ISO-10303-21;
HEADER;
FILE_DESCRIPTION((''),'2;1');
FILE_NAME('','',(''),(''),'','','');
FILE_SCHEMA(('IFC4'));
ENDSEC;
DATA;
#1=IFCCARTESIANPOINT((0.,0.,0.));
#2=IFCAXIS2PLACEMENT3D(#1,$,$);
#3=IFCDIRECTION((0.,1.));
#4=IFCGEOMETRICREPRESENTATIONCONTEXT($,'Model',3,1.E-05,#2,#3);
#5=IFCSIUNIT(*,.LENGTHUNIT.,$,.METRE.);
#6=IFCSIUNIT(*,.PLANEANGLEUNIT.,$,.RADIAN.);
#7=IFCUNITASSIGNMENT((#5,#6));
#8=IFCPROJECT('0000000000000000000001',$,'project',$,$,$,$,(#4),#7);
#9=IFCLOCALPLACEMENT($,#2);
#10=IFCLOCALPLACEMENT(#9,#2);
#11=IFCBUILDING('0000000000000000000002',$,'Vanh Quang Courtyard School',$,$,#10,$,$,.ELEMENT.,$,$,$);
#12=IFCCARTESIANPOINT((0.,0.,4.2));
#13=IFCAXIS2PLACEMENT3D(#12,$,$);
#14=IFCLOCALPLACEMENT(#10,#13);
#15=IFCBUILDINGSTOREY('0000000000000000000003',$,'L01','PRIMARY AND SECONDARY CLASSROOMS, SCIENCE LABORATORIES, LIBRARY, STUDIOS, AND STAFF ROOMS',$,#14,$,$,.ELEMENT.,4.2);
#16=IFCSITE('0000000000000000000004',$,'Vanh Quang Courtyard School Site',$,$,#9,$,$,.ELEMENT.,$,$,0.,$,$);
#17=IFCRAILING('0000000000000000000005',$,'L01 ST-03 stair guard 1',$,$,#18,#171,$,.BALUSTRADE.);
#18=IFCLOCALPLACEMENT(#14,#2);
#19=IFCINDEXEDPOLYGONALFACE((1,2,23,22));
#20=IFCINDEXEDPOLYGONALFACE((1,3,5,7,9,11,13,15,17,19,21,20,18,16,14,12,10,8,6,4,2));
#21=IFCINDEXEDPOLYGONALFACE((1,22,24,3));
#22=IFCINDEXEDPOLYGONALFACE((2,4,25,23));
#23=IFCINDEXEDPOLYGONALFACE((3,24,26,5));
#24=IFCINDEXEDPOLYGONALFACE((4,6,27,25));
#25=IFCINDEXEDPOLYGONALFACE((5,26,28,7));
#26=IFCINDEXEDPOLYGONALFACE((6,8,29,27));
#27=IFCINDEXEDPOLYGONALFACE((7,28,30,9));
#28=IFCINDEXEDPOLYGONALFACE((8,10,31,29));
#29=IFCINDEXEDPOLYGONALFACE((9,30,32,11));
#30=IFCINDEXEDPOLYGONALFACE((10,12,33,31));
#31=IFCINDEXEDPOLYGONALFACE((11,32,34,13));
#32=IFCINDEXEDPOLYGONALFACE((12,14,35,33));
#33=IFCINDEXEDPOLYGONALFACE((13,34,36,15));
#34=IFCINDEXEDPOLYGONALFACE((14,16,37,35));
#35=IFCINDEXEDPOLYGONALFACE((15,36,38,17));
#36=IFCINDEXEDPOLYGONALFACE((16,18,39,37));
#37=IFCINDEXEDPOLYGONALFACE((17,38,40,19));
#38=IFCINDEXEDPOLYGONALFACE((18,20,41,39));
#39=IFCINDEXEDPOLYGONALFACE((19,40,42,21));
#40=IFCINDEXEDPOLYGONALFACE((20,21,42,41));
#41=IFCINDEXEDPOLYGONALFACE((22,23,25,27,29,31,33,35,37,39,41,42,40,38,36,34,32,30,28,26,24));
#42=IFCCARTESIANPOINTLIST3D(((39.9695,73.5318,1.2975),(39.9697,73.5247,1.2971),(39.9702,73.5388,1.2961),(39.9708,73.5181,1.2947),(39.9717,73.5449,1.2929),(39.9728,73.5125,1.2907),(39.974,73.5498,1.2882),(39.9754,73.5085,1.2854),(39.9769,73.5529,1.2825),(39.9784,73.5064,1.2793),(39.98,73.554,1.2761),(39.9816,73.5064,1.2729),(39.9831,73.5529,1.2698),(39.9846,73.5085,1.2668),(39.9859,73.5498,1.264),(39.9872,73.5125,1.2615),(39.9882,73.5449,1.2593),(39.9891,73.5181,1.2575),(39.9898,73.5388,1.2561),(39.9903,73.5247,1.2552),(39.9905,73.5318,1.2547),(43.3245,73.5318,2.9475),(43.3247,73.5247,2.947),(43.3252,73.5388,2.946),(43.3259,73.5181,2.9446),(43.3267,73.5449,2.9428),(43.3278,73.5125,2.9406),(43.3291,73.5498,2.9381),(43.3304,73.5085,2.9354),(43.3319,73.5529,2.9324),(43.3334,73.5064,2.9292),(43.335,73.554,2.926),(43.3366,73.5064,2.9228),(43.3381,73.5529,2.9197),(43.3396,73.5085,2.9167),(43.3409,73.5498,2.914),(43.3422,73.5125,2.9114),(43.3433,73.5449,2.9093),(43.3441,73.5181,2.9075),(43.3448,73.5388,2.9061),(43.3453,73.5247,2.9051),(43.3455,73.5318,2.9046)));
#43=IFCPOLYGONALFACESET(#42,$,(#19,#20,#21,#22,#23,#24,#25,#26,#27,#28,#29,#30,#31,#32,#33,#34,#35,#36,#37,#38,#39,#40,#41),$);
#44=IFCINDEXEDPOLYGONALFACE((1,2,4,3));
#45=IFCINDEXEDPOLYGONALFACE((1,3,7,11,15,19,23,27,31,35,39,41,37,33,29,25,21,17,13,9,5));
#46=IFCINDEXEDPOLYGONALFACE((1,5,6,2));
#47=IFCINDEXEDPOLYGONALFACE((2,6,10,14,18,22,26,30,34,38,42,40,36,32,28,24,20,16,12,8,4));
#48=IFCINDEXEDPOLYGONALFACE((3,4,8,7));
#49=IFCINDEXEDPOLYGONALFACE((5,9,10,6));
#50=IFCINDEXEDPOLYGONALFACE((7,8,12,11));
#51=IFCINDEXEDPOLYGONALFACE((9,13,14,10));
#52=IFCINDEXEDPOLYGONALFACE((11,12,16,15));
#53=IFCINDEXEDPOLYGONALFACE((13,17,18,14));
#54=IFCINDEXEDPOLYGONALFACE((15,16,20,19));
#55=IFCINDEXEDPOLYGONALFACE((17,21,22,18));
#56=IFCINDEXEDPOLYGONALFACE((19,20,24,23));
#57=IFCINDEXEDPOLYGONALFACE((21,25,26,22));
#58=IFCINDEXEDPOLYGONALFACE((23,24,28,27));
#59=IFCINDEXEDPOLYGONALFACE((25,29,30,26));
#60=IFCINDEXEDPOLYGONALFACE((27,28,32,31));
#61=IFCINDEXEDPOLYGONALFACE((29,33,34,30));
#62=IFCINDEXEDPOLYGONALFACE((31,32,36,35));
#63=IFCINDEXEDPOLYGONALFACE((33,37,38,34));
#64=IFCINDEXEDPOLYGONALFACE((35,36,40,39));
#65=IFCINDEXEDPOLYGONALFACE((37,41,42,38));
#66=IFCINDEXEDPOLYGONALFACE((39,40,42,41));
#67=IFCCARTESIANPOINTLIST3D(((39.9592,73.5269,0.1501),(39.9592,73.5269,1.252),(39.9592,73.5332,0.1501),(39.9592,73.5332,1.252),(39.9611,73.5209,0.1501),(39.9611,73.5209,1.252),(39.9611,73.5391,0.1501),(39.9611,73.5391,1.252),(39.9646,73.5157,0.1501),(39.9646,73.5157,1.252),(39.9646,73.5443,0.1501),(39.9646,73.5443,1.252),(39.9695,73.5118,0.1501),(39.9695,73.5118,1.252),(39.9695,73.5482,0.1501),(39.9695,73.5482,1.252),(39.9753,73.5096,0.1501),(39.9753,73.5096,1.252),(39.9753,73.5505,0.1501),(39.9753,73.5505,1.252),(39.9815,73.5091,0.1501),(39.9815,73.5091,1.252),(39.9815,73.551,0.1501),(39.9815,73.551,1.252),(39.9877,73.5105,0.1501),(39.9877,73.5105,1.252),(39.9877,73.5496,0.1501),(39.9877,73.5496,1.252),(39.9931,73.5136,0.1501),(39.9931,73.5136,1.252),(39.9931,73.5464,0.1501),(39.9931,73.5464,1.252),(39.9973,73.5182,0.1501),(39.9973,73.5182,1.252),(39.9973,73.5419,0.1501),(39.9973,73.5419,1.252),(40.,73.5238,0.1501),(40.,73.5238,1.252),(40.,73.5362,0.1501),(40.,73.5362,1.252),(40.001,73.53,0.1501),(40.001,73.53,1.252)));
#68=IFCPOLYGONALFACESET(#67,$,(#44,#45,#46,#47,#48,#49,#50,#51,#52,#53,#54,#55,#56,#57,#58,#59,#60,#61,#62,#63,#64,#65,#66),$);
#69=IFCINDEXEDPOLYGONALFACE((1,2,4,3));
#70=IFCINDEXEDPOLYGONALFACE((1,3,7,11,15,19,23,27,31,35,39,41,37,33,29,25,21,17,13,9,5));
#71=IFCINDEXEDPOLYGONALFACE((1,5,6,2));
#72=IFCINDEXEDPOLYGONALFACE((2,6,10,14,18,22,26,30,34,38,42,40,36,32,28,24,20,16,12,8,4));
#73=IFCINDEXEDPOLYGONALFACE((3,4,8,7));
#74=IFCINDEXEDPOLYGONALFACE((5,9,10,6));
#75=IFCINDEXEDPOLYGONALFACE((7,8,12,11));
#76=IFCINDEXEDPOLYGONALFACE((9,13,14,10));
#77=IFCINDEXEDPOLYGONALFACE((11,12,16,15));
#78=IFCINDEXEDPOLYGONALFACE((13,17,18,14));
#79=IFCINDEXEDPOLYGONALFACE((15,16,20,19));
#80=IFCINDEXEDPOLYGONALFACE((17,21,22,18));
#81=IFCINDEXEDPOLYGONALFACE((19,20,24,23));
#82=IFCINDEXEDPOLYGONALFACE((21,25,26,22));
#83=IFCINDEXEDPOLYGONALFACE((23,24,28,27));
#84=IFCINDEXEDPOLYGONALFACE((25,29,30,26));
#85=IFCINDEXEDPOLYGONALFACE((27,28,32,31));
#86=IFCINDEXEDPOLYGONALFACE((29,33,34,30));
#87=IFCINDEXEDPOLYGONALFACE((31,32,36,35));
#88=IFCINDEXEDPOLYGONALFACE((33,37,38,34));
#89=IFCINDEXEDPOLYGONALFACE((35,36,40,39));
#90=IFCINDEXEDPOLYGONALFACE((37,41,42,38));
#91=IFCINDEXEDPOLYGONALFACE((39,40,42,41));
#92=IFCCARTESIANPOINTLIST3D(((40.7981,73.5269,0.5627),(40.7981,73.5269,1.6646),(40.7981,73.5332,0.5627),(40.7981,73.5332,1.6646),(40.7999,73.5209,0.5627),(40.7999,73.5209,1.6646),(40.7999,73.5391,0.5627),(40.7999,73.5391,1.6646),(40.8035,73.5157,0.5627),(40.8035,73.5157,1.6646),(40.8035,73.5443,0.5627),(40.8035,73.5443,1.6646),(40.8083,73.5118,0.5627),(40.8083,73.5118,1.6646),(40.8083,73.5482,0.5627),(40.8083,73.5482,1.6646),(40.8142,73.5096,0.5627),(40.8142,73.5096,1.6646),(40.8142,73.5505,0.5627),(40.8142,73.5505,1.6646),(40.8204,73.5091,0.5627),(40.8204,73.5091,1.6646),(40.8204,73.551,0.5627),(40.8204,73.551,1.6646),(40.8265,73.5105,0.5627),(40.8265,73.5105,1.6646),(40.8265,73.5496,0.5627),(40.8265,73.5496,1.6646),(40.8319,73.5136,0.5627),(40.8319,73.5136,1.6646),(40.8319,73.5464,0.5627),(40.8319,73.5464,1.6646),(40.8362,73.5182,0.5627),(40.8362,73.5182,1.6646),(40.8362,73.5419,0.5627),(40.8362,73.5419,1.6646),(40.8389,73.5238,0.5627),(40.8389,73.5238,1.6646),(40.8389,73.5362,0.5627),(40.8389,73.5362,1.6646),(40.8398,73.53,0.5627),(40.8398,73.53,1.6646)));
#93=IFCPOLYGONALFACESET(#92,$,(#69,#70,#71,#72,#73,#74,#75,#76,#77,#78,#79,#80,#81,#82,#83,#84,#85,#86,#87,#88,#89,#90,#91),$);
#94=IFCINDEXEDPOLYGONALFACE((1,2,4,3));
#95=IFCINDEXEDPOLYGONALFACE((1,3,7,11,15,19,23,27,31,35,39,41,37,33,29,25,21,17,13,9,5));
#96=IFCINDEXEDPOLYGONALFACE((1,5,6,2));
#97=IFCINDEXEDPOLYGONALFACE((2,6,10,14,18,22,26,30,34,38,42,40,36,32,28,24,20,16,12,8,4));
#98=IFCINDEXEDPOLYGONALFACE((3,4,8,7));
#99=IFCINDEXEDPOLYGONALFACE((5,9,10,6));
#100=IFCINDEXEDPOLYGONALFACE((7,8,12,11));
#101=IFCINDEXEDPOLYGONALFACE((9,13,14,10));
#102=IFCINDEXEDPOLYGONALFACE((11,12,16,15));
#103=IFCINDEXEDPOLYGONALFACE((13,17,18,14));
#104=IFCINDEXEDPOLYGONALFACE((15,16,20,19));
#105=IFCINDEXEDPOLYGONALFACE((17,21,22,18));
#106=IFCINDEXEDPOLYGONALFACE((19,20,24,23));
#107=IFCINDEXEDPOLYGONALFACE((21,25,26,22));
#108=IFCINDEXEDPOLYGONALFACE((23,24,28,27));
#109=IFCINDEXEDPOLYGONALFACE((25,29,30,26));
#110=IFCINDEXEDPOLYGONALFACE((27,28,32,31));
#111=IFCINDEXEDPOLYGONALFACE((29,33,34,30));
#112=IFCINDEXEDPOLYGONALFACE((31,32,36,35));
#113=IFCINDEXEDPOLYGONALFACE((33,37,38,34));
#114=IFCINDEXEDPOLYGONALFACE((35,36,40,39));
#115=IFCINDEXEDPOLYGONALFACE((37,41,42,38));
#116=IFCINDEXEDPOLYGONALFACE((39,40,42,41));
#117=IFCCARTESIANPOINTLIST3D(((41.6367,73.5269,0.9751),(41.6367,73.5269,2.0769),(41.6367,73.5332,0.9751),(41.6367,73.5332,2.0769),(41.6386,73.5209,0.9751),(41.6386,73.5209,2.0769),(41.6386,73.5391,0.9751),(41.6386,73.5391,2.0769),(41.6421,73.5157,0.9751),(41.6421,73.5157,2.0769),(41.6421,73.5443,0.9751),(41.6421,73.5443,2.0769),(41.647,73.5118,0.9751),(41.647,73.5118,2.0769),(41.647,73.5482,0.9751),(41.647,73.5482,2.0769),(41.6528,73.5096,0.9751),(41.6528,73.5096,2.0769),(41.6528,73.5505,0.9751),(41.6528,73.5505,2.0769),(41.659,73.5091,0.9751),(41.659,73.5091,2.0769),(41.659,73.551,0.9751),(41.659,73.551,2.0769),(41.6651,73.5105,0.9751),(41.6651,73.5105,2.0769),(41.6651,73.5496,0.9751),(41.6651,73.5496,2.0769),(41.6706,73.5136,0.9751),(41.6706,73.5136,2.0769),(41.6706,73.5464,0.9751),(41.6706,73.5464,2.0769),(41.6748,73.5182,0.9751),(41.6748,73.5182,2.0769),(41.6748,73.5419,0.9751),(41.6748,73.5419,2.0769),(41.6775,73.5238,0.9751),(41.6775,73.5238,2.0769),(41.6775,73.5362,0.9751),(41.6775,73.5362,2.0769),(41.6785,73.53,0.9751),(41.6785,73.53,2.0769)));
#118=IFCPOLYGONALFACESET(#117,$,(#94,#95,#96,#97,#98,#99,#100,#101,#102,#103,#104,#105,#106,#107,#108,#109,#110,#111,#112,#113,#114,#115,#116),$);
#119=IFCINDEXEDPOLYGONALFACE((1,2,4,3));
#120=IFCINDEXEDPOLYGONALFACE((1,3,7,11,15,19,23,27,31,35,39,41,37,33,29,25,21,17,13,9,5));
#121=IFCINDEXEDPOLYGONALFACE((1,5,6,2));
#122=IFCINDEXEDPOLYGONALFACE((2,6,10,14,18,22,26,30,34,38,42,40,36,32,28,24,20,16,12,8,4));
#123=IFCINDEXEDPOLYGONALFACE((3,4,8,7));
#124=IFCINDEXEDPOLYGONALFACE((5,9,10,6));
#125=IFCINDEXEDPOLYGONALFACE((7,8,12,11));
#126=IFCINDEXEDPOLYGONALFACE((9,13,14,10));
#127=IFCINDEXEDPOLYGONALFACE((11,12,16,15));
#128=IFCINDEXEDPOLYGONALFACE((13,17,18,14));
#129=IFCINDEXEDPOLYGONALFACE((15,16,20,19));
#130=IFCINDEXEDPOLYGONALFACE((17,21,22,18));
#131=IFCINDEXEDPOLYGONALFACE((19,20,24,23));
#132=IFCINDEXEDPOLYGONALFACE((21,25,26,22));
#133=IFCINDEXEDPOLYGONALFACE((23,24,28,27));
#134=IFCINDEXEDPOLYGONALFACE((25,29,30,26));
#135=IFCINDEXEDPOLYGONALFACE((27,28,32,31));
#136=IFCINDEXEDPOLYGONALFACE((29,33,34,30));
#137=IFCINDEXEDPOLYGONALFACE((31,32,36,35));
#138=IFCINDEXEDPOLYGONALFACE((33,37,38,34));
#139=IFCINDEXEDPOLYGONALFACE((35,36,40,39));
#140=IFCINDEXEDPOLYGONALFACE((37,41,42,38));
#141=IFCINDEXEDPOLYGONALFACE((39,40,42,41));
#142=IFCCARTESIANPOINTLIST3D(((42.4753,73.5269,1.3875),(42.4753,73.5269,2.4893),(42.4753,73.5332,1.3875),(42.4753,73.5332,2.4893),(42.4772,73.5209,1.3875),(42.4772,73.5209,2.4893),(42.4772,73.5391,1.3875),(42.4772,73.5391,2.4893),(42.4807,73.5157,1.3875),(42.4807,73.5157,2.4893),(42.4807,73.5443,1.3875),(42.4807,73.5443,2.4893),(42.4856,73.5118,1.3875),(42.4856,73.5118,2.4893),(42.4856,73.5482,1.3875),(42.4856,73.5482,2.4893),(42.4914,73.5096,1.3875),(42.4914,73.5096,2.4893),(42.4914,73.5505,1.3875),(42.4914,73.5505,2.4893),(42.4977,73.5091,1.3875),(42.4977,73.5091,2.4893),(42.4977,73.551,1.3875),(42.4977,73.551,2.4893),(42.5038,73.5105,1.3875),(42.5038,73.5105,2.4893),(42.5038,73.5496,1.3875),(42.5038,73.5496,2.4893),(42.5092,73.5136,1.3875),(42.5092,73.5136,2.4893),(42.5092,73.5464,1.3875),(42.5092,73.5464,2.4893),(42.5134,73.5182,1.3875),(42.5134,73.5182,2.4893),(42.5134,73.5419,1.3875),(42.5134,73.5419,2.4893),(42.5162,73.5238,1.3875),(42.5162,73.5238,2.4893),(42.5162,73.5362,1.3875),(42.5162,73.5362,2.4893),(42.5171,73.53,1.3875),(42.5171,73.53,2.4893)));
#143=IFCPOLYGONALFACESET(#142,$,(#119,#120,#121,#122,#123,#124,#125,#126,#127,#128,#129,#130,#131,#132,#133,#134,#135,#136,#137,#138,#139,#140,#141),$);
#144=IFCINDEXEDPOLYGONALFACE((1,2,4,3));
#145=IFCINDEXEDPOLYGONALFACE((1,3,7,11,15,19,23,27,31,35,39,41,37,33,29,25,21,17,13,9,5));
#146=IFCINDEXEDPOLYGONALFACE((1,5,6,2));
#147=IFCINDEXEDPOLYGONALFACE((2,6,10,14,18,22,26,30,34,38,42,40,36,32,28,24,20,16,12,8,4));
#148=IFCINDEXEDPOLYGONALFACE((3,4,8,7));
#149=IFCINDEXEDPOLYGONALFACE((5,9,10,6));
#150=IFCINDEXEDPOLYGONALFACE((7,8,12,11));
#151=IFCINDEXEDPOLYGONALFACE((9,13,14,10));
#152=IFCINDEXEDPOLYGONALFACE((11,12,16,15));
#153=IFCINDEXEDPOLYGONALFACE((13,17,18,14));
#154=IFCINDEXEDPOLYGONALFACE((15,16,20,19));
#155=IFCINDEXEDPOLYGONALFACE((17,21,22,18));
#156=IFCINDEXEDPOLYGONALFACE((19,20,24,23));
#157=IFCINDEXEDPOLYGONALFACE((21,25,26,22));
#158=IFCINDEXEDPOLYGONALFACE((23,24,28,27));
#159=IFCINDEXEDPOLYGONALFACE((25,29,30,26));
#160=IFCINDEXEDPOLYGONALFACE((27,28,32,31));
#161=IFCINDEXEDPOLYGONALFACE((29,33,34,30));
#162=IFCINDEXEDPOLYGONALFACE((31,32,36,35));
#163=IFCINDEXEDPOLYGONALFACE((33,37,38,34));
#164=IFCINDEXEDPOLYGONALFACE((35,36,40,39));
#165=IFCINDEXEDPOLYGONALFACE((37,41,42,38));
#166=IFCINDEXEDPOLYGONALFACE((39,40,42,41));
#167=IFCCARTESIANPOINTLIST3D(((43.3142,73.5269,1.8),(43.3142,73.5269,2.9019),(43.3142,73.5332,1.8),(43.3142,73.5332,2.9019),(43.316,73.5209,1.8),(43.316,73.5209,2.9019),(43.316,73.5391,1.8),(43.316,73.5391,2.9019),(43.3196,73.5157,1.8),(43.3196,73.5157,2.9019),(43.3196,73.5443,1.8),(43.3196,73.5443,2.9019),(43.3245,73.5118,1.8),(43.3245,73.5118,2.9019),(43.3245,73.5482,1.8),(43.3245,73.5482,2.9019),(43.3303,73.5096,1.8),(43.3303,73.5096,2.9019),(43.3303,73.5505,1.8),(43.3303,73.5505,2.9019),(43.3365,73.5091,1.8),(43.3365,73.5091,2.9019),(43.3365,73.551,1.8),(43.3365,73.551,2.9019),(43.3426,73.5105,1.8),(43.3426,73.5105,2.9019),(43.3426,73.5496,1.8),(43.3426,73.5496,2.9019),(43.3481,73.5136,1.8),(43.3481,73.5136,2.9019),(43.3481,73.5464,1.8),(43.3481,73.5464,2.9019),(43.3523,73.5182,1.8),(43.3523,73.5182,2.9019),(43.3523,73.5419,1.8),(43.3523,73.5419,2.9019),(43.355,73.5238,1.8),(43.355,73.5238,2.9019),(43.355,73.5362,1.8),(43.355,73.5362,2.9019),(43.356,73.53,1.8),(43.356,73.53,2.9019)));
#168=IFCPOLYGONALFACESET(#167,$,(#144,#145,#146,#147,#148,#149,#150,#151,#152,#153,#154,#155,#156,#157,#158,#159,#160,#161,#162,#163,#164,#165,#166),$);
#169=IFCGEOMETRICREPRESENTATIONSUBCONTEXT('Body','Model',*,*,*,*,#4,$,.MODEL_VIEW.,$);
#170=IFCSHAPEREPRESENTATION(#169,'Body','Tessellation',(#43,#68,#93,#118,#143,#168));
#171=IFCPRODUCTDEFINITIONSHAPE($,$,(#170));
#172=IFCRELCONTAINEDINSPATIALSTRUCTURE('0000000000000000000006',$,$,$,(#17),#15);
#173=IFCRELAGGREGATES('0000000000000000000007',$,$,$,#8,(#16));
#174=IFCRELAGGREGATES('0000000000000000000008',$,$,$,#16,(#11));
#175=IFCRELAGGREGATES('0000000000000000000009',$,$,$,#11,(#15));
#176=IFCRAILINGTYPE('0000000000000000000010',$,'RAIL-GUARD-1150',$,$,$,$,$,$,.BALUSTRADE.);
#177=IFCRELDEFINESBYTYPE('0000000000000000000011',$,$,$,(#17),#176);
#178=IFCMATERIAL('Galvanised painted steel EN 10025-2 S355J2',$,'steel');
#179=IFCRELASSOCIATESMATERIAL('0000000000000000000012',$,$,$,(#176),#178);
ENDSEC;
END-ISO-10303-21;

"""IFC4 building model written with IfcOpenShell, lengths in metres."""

from ifc_helpers import new_model, si_unit, direction, frame, origin, origin_2d, place, context, subcontext, project, spatial, circle, extrude, material, type_object, element, save


model = new_model("IFC4")

# Units and contexts
model_context = context("Model", 3, precision=1e-05, world=origin(), true_north=direction((0.0, 1.0)))
body_context = subcontext(model_context, "Body", "Model", "MODEL_VIEW")
ifc_project = project(units=[si_unit("LENGTHUNIT", "METRE"), si_unit("PLANEANGLEUNIT", "RADIAN")], contexts=[model_context])

# Site, building, storey
site_placement = place(None, origin())
site = spatial("IfcSite", under=ifc_project, at=site_placement, Name="Vanh Quang Courtyard School Site", CompositionType="ELEMENT", RefElevation=0.0)
building_placement = place(site_placement, origin())
building = spatial("IfcBuilding", under=site, at=building_placement, Name="Vanh Quang Courtyard School", CompositionType="ELEMENT")
storey_placement = place(building_placement, frame((0.0, 0.0, 4.2)))
storey = spatial("IfcBuildingStorey", under=building, at=storey_placement, Name="L01", Description="PRIMARY AND SECONDARY CLASSROOMS, SCIENCE LABORATORIES, LIBRARY, STUDIOS, AND STAFF ROOMS", CompositionType="ELEMENT", Elevation=4.2)

# Railing
ifc_material_1 = material(Name="Galvanised painted steel EN 10025-2 S355J2", Category="steel")
railing_type_1 = type_object("IfcRailingType", Name="RAIL-GUARD-1150", PredefinedType="BALUSTRADE", material=ifc_material_1)
railing_1_placement = place(storey_placement, frame((39.98, 73.53, 0.1501)))
element("IfcRailing", 1, at=railing_1_placement, inside=storey, type_object=railing_type_1, Name="L01 ST-03 stair guard 1", PredefinedType="BALUSTRADE", context=body_context, shape_type="SweptSolid", body=[
    extrude(circle(Radius=0.0239, at=origin_2d()), frame((0.0, 0.0, 1.126), z_axis=(0.897359, 0.0, 0.441301), x_axis=(0.0, 1.0, 0.0)), (0.0, 0.0, 1.0), 3.7388),
    extrude(circle(Radius=0.021, at=origin_2d()), origin(), (0.0, 0.0, 1.0), 1.1018),
    extrude(circle(Radius=0.021, at=origin_2d()), frame((0.8389, 0.0, 0.4126)), (0.0, 0.0, 1.0), 1.1018),
    extrude(circle(Radius=0.021, at=origin_2d()), frame((1.6775, 0.0, 0.825)), (0.0, 0.0, 1.0), 1.1018),
    extrude(circle(Radius=0.021, at=origin_2d()), frame((2.5161, 0.0, 1.2373)), (0.0, 0.0, 1.0), 1.1018),
    extrude(circle(Radius=0.021, at=origin_2d()), frame((3.355, 0.0, 1.6499)), (0.0, 0.0, 1.0), 1.1018),
])

save(model, "model.ifc")
